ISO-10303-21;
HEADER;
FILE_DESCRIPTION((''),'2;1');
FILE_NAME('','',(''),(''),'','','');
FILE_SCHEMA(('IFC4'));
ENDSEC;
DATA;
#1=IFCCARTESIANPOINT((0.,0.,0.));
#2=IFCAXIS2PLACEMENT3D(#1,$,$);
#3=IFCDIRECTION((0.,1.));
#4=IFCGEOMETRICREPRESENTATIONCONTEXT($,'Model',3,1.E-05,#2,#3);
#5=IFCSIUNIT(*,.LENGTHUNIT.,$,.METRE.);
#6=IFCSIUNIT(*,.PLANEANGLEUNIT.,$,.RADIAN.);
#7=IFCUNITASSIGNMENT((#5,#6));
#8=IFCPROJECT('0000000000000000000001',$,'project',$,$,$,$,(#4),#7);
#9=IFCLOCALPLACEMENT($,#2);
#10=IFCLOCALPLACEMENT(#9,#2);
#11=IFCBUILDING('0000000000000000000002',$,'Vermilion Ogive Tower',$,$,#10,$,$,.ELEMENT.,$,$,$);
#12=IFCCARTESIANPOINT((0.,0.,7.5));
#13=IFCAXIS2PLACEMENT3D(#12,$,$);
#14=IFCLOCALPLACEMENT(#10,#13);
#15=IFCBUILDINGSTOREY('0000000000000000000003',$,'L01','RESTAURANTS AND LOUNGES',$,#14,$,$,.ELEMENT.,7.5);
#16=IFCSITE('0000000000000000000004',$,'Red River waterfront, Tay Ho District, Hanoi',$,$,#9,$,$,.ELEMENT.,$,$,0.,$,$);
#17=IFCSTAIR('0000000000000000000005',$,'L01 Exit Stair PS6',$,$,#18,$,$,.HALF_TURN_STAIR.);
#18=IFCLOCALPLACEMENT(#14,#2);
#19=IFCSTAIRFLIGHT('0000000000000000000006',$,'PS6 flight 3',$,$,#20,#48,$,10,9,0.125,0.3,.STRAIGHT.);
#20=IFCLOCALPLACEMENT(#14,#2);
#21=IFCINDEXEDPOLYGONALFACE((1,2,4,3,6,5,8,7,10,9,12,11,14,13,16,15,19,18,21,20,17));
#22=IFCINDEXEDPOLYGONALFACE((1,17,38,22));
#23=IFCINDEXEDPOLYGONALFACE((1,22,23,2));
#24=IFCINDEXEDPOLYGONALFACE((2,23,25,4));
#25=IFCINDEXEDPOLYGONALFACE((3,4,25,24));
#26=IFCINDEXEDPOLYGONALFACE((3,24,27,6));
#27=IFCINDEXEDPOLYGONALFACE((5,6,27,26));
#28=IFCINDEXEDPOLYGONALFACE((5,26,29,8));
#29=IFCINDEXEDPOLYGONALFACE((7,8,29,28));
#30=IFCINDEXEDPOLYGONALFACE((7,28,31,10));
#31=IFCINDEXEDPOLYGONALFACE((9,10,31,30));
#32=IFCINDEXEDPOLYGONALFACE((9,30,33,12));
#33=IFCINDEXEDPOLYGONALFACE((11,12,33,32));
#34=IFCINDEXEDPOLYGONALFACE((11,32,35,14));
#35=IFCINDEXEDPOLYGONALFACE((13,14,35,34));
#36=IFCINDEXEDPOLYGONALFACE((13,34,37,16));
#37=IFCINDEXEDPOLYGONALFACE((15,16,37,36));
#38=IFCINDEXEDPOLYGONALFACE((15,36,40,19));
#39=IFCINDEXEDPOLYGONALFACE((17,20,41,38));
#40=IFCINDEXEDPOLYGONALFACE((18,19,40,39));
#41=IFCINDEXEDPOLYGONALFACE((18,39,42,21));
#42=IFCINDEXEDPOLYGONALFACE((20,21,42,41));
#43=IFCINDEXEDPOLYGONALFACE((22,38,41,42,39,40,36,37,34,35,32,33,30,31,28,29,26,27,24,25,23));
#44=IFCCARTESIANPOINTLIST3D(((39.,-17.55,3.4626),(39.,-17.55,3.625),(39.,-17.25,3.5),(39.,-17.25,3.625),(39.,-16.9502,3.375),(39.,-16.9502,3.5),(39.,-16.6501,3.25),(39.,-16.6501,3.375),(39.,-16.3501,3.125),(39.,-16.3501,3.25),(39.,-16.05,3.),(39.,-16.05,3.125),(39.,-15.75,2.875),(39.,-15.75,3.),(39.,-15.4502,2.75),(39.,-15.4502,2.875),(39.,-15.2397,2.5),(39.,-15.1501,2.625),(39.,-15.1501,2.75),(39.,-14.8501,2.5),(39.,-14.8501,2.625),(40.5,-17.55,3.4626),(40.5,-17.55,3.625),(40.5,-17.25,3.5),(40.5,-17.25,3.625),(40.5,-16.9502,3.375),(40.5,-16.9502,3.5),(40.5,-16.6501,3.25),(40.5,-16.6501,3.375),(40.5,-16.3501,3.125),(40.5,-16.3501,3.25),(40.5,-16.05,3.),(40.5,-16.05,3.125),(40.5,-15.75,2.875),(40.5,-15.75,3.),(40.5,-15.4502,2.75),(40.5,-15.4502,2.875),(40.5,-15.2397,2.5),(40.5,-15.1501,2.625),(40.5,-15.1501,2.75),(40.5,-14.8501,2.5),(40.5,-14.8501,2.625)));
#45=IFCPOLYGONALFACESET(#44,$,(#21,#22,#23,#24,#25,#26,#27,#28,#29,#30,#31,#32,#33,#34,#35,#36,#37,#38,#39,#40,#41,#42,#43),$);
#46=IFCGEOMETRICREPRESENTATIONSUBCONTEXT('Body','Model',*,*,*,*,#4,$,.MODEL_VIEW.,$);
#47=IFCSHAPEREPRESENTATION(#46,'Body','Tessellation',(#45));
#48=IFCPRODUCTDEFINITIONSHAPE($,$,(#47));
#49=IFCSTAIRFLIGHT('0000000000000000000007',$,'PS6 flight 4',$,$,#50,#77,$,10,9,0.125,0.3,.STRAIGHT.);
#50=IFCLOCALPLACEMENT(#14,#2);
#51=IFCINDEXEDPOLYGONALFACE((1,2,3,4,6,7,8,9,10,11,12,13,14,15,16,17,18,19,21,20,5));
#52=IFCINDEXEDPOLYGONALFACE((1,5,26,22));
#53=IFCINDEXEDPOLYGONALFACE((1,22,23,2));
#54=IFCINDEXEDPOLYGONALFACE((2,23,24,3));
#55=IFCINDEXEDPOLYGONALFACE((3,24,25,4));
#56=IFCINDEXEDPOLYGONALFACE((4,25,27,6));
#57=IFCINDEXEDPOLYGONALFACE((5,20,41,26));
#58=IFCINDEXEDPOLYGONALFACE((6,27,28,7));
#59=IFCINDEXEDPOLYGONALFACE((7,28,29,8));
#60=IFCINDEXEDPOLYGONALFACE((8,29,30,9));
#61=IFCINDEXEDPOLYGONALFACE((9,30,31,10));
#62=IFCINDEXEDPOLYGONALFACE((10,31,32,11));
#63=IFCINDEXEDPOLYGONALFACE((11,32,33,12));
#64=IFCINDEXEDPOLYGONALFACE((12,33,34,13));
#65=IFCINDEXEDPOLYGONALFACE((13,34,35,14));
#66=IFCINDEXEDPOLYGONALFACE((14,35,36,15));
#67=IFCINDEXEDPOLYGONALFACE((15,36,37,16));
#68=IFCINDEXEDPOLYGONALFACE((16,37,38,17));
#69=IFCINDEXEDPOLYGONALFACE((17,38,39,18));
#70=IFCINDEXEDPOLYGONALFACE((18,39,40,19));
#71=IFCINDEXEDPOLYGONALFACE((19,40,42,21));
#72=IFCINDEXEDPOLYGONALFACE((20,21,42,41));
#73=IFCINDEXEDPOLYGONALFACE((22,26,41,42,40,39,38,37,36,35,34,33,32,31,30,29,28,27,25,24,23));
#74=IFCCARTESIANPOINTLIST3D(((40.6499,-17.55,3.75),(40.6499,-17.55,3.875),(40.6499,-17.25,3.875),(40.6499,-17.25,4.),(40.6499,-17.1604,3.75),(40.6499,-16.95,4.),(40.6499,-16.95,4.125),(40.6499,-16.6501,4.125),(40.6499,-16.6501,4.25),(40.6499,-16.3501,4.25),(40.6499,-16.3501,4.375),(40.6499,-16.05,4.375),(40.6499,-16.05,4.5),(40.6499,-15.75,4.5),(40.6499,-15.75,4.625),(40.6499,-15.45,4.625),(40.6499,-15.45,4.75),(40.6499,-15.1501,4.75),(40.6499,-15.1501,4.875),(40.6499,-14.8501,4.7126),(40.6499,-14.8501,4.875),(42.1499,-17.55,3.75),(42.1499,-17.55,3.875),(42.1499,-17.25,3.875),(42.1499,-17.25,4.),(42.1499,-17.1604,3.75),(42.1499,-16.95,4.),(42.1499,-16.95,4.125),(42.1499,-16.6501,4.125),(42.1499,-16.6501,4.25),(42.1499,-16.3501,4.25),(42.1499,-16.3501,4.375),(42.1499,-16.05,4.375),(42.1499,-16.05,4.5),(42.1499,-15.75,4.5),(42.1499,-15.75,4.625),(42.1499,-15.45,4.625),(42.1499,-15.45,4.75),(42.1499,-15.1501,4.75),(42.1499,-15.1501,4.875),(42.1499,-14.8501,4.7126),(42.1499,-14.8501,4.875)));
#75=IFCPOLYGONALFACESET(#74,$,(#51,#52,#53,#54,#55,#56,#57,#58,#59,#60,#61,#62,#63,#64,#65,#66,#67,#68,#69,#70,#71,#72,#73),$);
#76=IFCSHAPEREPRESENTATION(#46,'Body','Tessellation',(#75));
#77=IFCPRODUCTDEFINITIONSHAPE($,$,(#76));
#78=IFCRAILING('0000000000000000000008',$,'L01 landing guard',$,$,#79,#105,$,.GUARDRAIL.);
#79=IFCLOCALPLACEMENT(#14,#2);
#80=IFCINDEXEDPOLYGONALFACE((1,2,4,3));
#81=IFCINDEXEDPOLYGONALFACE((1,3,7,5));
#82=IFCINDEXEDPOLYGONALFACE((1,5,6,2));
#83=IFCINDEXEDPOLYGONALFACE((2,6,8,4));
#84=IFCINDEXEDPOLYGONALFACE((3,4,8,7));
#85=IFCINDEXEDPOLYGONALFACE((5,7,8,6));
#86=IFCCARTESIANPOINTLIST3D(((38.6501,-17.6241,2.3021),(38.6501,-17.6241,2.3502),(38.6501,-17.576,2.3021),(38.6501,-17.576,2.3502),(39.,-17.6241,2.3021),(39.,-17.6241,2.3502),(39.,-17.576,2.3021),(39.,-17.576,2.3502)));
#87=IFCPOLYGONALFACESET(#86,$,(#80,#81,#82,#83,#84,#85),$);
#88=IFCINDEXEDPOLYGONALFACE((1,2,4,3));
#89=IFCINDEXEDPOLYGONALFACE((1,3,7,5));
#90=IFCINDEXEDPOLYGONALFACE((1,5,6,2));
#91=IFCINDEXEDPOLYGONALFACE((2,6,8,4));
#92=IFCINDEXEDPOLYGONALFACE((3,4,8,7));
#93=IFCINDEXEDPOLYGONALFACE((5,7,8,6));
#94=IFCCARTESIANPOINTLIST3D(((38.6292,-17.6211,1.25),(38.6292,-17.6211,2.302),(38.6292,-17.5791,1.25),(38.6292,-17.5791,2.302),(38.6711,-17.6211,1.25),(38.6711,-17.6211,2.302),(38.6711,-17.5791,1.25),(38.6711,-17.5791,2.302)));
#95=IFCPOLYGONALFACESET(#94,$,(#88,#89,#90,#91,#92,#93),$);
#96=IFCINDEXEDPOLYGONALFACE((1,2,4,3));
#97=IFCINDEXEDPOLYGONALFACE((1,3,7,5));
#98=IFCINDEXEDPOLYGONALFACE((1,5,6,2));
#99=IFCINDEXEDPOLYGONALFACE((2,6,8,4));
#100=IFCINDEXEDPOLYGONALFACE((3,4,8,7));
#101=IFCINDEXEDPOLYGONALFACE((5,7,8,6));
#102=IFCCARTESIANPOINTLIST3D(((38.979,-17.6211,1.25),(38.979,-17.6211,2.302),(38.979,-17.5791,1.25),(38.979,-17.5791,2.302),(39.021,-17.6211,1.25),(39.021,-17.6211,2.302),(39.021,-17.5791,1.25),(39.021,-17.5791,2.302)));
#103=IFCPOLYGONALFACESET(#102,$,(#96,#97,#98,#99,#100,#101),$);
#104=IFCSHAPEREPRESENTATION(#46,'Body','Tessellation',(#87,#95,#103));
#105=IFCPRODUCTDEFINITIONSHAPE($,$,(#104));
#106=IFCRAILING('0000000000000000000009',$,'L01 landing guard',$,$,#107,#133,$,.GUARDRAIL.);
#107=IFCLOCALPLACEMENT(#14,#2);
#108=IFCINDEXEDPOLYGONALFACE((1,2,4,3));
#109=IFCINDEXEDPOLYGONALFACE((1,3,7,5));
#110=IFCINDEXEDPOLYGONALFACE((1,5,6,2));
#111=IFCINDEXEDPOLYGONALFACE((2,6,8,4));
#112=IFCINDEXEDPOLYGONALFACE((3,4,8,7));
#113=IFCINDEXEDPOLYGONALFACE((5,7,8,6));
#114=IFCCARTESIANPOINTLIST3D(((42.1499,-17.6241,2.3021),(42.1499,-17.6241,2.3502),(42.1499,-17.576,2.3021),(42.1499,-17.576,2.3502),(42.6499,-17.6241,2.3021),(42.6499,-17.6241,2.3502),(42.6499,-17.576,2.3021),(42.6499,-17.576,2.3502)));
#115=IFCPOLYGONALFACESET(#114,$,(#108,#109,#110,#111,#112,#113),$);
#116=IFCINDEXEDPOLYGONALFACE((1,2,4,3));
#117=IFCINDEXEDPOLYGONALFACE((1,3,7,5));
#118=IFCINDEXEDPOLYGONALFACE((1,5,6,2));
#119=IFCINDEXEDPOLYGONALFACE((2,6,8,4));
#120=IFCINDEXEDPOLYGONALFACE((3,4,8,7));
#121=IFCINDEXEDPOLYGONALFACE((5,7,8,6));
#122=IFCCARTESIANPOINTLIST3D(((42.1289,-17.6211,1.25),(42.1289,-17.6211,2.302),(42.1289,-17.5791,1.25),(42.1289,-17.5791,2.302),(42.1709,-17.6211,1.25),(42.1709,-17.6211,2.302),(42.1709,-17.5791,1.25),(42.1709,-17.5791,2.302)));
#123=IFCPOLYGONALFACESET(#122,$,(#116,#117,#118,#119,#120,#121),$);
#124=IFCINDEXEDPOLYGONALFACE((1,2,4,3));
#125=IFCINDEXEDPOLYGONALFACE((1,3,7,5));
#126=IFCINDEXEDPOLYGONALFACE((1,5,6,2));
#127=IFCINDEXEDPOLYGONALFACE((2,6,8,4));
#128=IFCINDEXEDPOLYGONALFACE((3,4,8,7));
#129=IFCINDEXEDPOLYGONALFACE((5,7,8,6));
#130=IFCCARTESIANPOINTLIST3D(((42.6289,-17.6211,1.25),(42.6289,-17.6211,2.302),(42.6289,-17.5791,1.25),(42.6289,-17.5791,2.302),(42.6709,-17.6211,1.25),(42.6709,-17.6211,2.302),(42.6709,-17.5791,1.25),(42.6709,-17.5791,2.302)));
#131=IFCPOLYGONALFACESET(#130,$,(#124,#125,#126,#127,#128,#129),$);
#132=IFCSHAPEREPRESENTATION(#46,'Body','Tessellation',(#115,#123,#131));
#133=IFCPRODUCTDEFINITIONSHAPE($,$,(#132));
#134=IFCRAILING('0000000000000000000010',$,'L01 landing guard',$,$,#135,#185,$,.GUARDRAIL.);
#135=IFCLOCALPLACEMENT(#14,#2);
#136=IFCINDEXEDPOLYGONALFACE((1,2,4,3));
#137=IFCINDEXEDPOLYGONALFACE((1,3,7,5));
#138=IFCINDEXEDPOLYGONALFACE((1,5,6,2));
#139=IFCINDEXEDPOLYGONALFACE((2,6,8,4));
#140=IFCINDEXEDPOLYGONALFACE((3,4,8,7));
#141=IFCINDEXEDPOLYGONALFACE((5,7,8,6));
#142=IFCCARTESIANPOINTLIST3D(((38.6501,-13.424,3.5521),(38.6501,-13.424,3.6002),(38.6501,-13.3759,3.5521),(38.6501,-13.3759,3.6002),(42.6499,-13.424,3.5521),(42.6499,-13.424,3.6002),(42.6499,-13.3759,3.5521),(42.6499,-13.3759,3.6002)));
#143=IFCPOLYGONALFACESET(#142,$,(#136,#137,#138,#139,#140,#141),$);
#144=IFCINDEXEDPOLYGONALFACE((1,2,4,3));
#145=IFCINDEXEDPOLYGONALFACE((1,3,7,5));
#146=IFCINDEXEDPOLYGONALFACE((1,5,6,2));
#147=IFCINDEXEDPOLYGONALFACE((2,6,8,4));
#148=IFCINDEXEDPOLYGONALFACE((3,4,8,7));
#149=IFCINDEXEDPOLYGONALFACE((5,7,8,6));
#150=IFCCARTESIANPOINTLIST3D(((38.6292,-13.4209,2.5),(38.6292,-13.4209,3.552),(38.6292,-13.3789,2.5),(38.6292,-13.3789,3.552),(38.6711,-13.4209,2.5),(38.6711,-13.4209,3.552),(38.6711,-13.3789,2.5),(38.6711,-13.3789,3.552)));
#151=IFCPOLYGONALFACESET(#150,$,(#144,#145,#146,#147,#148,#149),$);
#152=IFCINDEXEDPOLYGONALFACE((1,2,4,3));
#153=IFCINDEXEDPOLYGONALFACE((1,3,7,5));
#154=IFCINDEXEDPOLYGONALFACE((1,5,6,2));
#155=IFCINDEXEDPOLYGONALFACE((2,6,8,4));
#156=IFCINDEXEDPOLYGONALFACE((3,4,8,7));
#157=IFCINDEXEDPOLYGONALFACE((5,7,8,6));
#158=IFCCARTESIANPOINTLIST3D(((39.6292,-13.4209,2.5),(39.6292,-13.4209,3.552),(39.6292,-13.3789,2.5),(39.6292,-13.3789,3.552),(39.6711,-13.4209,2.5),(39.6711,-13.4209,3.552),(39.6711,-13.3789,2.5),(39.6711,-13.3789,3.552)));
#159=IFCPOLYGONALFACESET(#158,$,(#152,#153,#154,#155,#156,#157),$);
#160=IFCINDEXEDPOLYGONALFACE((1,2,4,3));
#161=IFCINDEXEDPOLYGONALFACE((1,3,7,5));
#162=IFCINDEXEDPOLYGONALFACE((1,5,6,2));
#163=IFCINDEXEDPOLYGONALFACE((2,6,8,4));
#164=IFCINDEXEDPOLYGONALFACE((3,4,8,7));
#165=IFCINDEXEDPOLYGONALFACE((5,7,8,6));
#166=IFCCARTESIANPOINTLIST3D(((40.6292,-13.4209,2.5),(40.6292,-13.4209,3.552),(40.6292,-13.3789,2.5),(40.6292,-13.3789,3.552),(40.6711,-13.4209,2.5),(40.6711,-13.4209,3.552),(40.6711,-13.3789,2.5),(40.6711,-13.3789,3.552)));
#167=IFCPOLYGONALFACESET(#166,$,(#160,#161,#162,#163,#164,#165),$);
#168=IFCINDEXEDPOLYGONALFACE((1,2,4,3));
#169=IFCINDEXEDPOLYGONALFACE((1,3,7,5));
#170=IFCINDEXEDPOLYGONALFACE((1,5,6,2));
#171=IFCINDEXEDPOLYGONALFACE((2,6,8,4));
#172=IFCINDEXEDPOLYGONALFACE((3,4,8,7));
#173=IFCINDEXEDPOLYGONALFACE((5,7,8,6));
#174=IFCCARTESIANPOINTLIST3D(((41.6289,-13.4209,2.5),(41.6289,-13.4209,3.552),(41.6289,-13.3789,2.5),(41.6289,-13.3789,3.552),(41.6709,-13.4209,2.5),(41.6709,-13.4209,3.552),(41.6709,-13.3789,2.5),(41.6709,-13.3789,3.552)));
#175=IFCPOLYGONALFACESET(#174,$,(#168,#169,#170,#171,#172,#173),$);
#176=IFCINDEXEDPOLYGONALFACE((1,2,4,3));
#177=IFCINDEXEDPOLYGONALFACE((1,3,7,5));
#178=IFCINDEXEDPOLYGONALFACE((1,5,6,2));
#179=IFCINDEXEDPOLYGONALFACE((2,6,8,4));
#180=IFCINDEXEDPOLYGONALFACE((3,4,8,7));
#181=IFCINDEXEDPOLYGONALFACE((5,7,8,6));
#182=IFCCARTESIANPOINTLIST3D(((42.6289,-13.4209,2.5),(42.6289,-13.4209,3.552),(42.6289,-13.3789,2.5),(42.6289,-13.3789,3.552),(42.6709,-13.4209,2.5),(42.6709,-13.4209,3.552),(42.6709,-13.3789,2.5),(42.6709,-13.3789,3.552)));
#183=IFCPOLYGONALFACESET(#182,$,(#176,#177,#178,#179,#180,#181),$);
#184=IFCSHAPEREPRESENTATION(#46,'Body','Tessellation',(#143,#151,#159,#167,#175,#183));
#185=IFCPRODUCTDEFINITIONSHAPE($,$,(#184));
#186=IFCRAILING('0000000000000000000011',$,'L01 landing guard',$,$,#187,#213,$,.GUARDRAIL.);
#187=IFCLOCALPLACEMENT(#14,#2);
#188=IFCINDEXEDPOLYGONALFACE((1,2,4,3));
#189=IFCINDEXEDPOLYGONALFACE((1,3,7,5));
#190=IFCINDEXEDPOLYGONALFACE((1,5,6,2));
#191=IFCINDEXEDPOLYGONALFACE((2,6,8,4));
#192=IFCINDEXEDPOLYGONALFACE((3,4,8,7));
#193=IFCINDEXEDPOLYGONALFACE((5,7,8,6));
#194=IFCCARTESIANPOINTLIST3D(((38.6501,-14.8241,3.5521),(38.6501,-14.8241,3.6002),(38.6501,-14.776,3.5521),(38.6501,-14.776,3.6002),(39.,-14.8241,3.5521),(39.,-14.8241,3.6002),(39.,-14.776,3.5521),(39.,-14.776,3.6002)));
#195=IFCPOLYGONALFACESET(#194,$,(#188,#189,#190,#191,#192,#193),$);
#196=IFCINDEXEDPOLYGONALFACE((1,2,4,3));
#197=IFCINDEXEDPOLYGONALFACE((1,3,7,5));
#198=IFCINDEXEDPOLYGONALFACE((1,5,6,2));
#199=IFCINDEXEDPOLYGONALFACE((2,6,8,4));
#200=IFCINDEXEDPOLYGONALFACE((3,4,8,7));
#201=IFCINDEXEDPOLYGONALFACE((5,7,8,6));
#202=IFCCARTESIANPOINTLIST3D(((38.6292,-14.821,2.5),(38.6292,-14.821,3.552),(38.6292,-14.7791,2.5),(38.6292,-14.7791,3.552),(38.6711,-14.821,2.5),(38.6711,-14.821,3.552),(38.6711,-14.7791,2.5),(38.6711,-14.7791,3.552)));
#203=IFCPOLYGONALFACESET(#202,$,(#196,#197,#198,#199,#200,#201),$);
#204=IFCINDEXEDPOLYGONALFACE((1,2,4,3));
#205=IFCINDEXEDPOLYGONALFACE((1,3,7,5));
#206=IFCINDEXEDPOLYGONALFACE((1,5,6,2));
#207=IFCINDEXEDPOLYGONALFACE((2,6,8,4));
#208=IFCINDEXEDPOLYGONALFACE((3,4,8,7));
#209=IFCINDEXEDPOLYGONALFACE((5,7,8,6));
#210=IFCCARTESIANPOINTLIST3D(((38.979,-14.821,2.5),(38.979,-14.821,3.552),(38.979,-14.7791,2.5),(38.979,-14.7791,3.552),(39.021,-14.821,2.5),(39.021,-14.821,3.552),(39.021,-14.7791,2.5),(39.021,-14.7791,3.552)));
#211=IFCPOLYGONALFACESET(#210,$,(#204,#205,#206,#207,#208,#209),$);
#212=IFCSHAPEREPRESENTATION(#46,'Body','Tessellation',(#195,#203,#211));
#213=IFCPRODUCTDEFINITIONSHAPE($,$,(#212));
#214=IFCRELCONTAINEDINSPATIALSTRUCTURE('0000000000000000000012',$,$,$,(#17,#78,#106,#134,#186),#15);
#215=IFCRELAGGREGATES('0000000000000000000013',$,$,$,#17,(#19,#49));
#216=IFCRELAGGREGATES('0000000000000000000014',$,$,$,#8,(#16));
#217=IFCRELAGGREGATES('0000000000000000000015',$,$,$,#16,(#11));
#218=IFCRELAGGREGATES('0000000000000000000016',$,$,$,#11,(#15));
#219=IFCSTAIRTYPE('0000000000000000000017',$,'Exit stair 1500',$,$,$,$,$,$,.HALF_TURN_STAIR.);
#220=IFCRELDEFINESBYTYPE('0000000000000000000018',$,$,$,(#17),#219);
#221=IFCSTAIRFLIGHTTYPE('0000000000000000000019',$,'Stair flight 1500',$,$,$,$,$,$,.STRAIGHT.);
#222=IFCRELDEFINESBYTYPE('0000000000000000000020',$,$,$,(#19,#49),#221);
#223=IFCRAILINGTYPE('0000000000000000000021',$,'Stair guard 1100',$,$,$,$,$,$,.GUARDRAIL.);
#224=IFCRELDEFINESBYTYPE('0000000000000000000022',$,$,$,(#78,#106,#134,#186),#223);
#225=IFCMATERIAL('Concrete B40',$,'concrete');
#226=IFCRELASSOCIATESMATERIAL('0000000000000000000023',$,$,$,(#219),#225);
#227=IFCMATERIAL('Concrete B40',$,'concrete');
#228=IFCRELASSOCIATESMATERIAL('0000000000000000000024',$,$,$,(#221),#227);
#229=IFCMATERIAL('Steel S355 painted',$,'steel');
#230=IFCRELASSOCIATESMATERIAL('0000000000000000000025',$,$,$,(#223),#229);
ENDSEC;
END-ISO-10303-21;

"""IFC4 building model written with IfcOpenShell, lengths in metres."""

from ifc_helpers import new_model, si_unit, direction, frame, origin, origin_2d, place, context, subcontext, project, spatial, polyline, rectangle, outline, extrude, material, type_object, element, aggregate, save


model = new_model("IFC4")

# Units and contexts
model_context = context("Model", 3, precision=1e-05, world=origin(), true_north=direction((0.0, 1.0)))
body_context = subcontext(model_context, "Body", "Model", "MODEL_VIEW")
ifc_project = project(units=[si_unit("LENGTHUNIT", "METRE"), si_unit("PLANEANGLEUNIT", "RADIAN")], contexts=[model_context])

# Site, building, storey
site_placement = place(None, origin())
site = spatial("IfcSite", under=ifc_project, at=site_placement, Name="Red River waterfront, Tay Ho District, Hanoi", CompositionType="ELEMENT", RefElevation=0.0)
building_placement = place(site_placement, origin())
building = spatial("IfcBuilding", under=site, at=building_placement, Name="Vermilion Ogive Tower", CompositionType="ELEMENT")
storey_placement = place(building_placement, frame((0.0, 0.0, 7.5)))
storey = spatial("IfcBuildingStorey", under=building, at=storey_placement, Name="L01", Description="RESTAURANTS AND LOUNGES", CompositionType="ELEMENT", Elevation=7.5)

# Stair, stair flights
ifc_material_1 = material(Name="Concrete B40", Category="concrete")
stair_type = type_object("IfcStairType", Name="Exit stair 1500", PredefinedType="HALF_TURN_STAIR", material=ifc_material_1)
stair_placement = place(storey_placement, origin())
stair = element("IfcStair", 1, at=stair_placement, inside=storey, type_object=stair_type, Name="L01 Exit Stair PS6", PredefinedType="HALF_TURN_STAIR")
ifc_material_2 = material(Name="Concrete B40", Category="concrete")
stair_flight_type = type_object("IfcStairFlightType", Name="Stair flight 1500", PredefinedType="STRAIGHT", material=ifc_material_2)
stair_flight_1_placement = place(storey_placement, frame((39.75, -14.8501, 2.5), z_axis=(0.0, 0.0, 1.0), x_axis=(0.0, -1.0, 0.0)))
stair_flight_1 = element("IfcStairFlight", 2, at=stair_flight_1_placement, type_object=stair_flight_type, Name="PS6 flight 3", NumberOfRisers=10, NumberOfTreads=9, PredefinedType="STRAIGHT", RiserHeight=0.125, TreadLength=0.3, context=body_context, shape_type="SweptSolid", body=[
    extrude(outline(polyline([(0.0, 0.0), (0.0, 0.125), (0.3, 0.125), (0.3, 0.25), (0.6001, 0.25), (0.6001, 0.375), (0.8999, 0.375), (0.8999, 0.5), (1.2, 0.5), (1.2, 0.625), (1.5, 0.625), (1.5, 0.75), (1.8, 0.75), (1.8, 0.875), (2.1001, 0.875), (2.1001, 1.0), (2.3999, 1.0), (2.3999, 1.125), (2.7, 1.125), (2.7, 1.25), (2.7, 0.9626), (0.3896, 0.0), (0.0, 0.0)])), frame((0.0, 0.75, 0.0), z_axis=(0.0, -1.0, 0.0), x_axis=(1.0, 0.0, 0.0)), (0.0, 0.0, 1.0), 1.5),
])
stair_flight_2_placement = place(storey_placement, frame((41.3999, -17.55, 3.75), z_axis=(0.0, 0.0, 1.0), x_axis=(0.0, 1.0, 0.0)))
stair_flight_2 = element("IfcStairFlight", 3, at=stair_flight_2_placement, type_object=stair_flight_type, Name="PS6 flight 4", NumberOfRisers=10, NumberOfTreads=9, PredefinedType="STRAIGHT", RiserHeight=0.125, TreadLength=0.3, context=body_context, shape_type="SweptSolid", body=[
    extrude(outline(polyline([(0.0, 0.0), (0.0, 0.125), (0.3, 0.125), (0.3, 0.25), (0.6001, 0.25), (0.6001, 0.375), (0.8999, 0.375), (0.8999, 0.5), (1.2, 0.5), (1.2, 0.625), (1.5, 0.625), (1.5, 0.75), (1.8, 0.75), (1.8, 0.875), (2.1001, 0.875), (2.1001, 1.0), (2.3999, 1.0), (2.3999, 1.125), (2.7, 1.125), (2.7, 1.25), (2.7, 0.9626), (0.3896, 0.0), (0.0, 0.0)])), frame((0.0, 0.75, 0.0), z_axis=(0.0, -1.0, 0.0), x_axis=(1.0, 0.0, 0.0)), (0.0, 0.0, 1.0), 1.5),
])
aggregate(stair, [stair_flight_1, stair_flight_2])

# Railings
ifc_material_3 = material(Name="Steel S355 painted", Category="steel")
railing_type_1 = type_object("IfcRailingType", Name="Stair guard 1100", PredefinedType="GUARDRAIL", material=ifc_material_3)
railing_1_placement = place(storey_placement, frame((38.6501, -17.6001, 1.25)))
element("IfcRailing", 4, at=railing_1_placement, inside=storey, type_object=railing_type_1, Name="L01 landing guard", PredefinedType="GUARDRAIL", context=body_context, shape_type="SweptSolid", body=[
    extrude(rectangle(XDim=0.0481, YDim=0.0481, at=origin_2d()), frame((0.0, 0.0, 1.0762), z_axis=(1.0, 0.0, 0.0), x_axis=(0.0, 1.0, 0.0)), (0.0, 0.0, 1.0), 0.3499),
    extrude(rectangle(XDim=0.042, YDim=0.042, at=origin_2d()), origin(), (0.0, 0.0, 1.0), 1.052),
    extrude(rectangle(XDim=0.042, YDim=0.042, at=origin_2d()), frame((0.3499, 0.0, 0.0)), (0.0, 0.0, 1.0), 1.052),
])
railing_2_placement = place(storey_placement, frame((42.1499, -17.6001, 1.25)))
element("IfcRailing", 5, at=railing_2_placement, inside=storey, type_object=railing_type_1, Name="L01 landing guard", PredefinedType="GUARDRAIL", context=body_context, shape_type="SweptSolid", body=[
    extrude(rectangle(XDim=0.0481, YDim=0.0481, at=origin_2d()), frame((0.0, 0.0, 1.0762), z_axis=(1.0, 0.0, 0.0), x_axis=(0.0, 1.0, 0.0)), (0.0, 0.0, 1.0), 0.5),
    extrude(rectangle(XDim=0.042, YDim=0.042, at=origin_2d()), origin(), (0.0, 0.0, 1.0), 1.052),
    extrude(rectangle(XDim=0.042, YDim=0.042, at=origin_2d()), frame((0.5, 0.0, 0.0)), (0.0, 0.0, 1.0), 1.052),
])
railing_3_placement = place(storey_placement, frame((38.6501, -13.3999, 2.5)))
element("IfcRailing", 6, at=railing_3_placement, inside=storey, type_object=railing_type_1, Name="L01 landing guard", PredefinedType="GUARDRAIL", context=body_context, shape_type="SweptSolid", body=[
    extrude(rectangle(XDim=0.0481, YDim=0.0481, at=origin_2d()), frame((0.0, 0.0, 1.0762), z_axis=(1.0, 0.0, 0.0), x_axis=(0.0, 1.0, 0.0)), (0.0, 0.0, 1.0), 3.9998),
    extrude(rectangle(XDim=0.042, YDim=0.042, at=origin_2d()), origin(), (0.0, 0.0, 1.0), 1.052),
    extrude(rectangle(XDim=0.042, YDim=0.042, at=origin_2d()), frame((1.0, 0.0, 0.0)), (0.0, 0.0, 1.0), 1.052),
    extrude(rectangle(XDim=0.042, YDim=0.042, at=origin_2d()), frame((2.0, 0.0, 0.0)), (0.0, 0.0, 1.0), 1.052),
    extrude(rectangle(XDim=0.042, YDim=0.042, at=origin_2d()), frame((2.9998, 0.0, 0.0)), (0.0, 0.0, 1.0), 1.052),
    extrude(rectangle(XDim=0.042, YDim=0.042, at=origin_2d()), frame((3.9998, 0.0, 0.0)), (0.0, 0.0, 1.0), 1.052),
])
railing_4_placement = place(storey_placement, frame((38.6501, -14.8, 2.5)))
element("IfcRailing", 7, at=railing_4_placement, inside=storey, type_object=railing_type_1, Name="L01 landing guard", PredefinedType="GUARDRAIL", context=body_context, shape_type="SweptSolid", body=[
    extrude(rectangle(XDim=0.0481, YDim=0.0481, at=origin_2d()), frame((0.0, 0.0, 1.0762), z_axis=(1.0, 0.0, 0.0), x_axis=(0.0, 1.0, 0.0)), (0.0, 0.0, 1.0), 0.3499),
    extrude(rectangle(XDim=0.042, YDim=0.042, at=origin_2d()), origin(), (0.0, 0.0, 1.0), 1.052),
    extrude(rectangle(XDim=0.042, YDim=0.042, at=origin_2d()), frame((0.3499, 0.0, 0.0)), (0.0, 0.0, 1.0), 1.052),
])

save(model, "model.ifc")
